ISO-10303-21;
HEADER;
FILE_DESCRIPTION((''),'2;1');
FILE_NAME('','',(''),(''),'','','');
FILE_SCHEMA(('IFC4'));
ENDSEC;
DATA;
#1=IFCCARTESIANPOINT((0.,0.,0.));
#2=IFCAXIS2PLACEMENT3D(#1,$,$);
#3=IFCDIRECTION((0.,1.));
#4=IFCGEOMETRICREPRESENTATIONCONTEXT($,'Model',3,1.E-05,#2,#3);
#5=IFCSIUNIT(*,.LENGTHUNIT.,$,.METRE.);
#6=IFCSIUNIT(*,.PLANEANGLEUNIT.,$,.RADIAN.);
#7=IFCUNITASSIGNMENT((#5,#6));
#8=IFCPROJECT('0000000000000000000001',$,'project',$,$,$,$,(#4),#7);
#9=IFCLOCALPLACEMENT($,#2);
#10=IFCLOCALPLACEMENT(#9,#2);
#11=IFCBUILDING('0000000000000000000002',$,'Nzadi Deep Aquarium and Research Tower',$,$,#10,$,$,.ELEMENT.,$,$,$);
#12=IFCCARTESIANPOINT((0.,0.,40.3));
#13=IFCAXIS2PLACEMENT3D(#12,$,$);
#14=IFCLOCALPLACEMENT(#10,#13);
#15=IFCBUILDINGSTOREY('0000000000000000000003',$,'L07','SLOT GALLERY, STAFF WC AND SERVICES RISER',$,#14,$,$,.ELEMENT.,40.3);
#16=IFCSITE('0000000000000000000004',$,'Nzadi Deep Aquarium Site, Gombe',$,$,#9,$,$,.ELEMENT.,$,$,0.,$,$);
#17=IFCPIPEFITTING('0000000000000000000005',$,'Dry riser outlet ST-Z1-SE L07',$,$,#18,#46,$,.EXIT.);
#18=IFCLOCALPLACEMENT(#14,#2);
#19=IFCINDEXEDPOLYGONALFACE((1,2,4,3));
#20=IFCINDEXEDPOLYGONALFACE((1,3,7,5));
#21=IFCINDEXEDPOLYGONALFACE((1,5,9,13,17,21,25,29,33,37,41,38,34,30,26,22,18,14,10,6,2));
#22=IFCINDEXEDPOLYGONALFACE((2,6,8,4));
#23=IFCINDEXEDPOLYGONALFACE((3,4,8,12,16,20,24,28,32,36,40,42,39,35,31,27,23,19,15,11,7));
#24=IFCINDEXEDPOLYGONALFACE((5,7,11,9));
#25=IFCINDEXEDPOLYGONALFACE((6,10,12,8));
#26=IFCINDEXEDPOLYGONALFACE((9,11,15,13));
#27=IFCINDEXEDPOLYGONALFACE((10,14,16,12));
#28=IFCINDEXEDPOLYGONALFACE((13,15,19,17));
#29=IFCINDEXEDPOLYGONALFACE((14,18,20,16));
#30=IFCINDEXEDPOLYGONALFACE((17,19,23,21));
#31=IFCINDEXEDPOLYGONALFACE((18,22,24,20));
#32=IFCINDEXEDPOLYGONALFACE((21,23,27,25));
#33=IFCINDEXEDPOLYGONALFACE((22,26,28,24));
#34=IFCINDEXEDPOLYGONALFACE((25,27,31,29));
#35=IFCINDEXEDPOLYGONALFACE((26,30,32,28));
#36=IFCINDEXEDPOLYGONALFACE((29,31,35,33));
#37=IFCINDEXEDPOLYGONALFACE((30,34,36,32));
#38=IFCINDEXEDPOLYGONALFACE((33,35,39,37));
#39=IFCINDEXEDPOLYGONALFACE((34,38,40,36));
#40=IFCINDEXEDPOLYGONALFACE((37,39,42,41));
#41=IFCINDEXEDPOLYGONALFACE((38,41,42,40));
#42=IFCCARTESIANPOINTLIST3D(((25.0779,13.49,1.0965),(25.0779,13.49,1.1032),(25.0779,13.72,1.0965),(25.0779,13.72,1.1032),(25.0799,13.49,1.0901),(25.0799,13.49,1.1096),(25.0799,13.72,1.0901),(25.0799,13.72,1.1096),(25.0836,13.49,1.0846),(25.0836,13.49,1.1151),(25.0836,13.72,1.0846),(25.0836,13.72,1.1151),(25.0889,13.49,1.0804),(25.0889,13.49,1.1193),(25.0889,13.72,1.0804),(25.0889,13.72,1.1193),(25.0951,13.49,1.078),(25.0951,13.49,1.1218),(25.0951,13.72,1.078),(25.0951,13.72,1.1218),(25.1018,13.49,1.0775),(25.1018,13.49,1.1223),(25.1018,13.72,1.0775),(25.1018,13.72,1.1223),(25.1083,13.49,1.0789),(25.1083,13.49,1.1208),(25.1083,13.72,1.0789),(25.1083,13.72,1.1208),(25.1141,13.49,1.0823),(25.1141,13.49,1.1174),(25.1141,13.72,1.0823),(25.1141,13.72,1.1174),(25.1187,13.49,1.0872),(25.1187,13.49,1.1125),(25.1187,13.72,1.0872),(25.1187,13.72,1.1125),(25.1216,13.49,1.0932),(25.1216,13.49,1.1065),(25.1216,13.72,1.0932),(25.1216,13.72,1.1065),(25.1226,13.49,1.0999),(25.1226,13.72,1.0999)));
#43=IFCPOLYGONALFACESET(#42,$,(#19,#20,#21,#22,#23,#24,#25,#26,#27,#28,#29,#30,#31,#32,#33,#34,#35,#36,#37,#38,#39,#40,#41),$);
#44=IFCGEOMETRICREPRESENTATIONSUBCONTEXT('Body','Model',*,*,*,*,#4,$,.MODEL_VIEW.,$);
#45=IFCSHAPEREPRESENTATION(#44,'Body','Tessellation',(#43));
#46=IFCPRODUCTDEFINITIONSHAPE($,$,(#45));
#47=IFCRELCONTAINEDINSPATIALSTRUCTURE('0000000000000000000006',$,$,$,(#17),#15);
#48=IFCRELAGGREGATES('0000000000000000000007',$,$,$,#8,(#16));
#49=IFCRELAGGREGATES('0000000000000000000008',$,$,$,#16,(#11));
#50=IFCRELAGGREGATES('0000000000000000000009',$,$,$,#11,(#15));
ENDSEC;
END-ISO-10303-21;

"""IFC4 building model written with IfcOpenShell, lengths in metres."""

from ifc_helpers import new_model, si_unit, direction, frame, origin, origin_2d, place, context, subcontext, project, spatial, circle, extrude, element, save


model = new_model("IFC4")

# Units and contexts
model_context = context("Model", 3, precision=1e-05, world=origin(), true_north=direction((0.0, 1.0)))
body_context = subcontext(model_context, "Body", "Model", "MODEL_VIEW")
ifc_project = project(units=[si_unit("LENGTHUNIT", "METRE"), si_unit("PLANEANGLEUNIT", "RADIAN")], contexts=[model_context])

# Site, building, storey
site_placement = place(None, origin())
site = spatial("IfcSite", under=ifc_project, at=site_placement, Name="Nzadi Deep Aquarium Site, Gombe", CompositionType="ELEMENT", RefElevation=0.0)
building_placement = place(site_placement, origin())
building = spatial("IfcBuilding", under=site, at=building_placement, Name="Nzadi Deep Aquarium and Research Tower", CompositionType="ELEMENT")
storey_placement = place(building_placement, frame((0.0, 0.0, 40.3)))
storey = spatial("IfcBuildingStorey", under=building, at=storey_placement, Name="L07", Description="SLOT GALLERY, STAFF WC AND SERVICES RISER", CompositionType="ELEMENT", Elevation=40.3)

# Pipe fitting
pipe_fitting_placement = place(storey_placement, frame((25.1001, 13.72, 1.0999), z_axis=(0.0, -1.0, 0.0), x_axis=(1.0, 0.0, 0.0)))
element("IfcPipeFitting", 1, at=pipe_fitting_placement, inside=storey, Name="Dry riser outlet ST-Z1-SE L07", PredefinedType="EXIT", context=body_context, shape_type="SweptSolid", body=[
    extrude(circle(Radius=0.0225, at=origin_2d()), origin(), (0.0, 0.0, 1.0), 0.23),
])

save(model, "model.ifc")
